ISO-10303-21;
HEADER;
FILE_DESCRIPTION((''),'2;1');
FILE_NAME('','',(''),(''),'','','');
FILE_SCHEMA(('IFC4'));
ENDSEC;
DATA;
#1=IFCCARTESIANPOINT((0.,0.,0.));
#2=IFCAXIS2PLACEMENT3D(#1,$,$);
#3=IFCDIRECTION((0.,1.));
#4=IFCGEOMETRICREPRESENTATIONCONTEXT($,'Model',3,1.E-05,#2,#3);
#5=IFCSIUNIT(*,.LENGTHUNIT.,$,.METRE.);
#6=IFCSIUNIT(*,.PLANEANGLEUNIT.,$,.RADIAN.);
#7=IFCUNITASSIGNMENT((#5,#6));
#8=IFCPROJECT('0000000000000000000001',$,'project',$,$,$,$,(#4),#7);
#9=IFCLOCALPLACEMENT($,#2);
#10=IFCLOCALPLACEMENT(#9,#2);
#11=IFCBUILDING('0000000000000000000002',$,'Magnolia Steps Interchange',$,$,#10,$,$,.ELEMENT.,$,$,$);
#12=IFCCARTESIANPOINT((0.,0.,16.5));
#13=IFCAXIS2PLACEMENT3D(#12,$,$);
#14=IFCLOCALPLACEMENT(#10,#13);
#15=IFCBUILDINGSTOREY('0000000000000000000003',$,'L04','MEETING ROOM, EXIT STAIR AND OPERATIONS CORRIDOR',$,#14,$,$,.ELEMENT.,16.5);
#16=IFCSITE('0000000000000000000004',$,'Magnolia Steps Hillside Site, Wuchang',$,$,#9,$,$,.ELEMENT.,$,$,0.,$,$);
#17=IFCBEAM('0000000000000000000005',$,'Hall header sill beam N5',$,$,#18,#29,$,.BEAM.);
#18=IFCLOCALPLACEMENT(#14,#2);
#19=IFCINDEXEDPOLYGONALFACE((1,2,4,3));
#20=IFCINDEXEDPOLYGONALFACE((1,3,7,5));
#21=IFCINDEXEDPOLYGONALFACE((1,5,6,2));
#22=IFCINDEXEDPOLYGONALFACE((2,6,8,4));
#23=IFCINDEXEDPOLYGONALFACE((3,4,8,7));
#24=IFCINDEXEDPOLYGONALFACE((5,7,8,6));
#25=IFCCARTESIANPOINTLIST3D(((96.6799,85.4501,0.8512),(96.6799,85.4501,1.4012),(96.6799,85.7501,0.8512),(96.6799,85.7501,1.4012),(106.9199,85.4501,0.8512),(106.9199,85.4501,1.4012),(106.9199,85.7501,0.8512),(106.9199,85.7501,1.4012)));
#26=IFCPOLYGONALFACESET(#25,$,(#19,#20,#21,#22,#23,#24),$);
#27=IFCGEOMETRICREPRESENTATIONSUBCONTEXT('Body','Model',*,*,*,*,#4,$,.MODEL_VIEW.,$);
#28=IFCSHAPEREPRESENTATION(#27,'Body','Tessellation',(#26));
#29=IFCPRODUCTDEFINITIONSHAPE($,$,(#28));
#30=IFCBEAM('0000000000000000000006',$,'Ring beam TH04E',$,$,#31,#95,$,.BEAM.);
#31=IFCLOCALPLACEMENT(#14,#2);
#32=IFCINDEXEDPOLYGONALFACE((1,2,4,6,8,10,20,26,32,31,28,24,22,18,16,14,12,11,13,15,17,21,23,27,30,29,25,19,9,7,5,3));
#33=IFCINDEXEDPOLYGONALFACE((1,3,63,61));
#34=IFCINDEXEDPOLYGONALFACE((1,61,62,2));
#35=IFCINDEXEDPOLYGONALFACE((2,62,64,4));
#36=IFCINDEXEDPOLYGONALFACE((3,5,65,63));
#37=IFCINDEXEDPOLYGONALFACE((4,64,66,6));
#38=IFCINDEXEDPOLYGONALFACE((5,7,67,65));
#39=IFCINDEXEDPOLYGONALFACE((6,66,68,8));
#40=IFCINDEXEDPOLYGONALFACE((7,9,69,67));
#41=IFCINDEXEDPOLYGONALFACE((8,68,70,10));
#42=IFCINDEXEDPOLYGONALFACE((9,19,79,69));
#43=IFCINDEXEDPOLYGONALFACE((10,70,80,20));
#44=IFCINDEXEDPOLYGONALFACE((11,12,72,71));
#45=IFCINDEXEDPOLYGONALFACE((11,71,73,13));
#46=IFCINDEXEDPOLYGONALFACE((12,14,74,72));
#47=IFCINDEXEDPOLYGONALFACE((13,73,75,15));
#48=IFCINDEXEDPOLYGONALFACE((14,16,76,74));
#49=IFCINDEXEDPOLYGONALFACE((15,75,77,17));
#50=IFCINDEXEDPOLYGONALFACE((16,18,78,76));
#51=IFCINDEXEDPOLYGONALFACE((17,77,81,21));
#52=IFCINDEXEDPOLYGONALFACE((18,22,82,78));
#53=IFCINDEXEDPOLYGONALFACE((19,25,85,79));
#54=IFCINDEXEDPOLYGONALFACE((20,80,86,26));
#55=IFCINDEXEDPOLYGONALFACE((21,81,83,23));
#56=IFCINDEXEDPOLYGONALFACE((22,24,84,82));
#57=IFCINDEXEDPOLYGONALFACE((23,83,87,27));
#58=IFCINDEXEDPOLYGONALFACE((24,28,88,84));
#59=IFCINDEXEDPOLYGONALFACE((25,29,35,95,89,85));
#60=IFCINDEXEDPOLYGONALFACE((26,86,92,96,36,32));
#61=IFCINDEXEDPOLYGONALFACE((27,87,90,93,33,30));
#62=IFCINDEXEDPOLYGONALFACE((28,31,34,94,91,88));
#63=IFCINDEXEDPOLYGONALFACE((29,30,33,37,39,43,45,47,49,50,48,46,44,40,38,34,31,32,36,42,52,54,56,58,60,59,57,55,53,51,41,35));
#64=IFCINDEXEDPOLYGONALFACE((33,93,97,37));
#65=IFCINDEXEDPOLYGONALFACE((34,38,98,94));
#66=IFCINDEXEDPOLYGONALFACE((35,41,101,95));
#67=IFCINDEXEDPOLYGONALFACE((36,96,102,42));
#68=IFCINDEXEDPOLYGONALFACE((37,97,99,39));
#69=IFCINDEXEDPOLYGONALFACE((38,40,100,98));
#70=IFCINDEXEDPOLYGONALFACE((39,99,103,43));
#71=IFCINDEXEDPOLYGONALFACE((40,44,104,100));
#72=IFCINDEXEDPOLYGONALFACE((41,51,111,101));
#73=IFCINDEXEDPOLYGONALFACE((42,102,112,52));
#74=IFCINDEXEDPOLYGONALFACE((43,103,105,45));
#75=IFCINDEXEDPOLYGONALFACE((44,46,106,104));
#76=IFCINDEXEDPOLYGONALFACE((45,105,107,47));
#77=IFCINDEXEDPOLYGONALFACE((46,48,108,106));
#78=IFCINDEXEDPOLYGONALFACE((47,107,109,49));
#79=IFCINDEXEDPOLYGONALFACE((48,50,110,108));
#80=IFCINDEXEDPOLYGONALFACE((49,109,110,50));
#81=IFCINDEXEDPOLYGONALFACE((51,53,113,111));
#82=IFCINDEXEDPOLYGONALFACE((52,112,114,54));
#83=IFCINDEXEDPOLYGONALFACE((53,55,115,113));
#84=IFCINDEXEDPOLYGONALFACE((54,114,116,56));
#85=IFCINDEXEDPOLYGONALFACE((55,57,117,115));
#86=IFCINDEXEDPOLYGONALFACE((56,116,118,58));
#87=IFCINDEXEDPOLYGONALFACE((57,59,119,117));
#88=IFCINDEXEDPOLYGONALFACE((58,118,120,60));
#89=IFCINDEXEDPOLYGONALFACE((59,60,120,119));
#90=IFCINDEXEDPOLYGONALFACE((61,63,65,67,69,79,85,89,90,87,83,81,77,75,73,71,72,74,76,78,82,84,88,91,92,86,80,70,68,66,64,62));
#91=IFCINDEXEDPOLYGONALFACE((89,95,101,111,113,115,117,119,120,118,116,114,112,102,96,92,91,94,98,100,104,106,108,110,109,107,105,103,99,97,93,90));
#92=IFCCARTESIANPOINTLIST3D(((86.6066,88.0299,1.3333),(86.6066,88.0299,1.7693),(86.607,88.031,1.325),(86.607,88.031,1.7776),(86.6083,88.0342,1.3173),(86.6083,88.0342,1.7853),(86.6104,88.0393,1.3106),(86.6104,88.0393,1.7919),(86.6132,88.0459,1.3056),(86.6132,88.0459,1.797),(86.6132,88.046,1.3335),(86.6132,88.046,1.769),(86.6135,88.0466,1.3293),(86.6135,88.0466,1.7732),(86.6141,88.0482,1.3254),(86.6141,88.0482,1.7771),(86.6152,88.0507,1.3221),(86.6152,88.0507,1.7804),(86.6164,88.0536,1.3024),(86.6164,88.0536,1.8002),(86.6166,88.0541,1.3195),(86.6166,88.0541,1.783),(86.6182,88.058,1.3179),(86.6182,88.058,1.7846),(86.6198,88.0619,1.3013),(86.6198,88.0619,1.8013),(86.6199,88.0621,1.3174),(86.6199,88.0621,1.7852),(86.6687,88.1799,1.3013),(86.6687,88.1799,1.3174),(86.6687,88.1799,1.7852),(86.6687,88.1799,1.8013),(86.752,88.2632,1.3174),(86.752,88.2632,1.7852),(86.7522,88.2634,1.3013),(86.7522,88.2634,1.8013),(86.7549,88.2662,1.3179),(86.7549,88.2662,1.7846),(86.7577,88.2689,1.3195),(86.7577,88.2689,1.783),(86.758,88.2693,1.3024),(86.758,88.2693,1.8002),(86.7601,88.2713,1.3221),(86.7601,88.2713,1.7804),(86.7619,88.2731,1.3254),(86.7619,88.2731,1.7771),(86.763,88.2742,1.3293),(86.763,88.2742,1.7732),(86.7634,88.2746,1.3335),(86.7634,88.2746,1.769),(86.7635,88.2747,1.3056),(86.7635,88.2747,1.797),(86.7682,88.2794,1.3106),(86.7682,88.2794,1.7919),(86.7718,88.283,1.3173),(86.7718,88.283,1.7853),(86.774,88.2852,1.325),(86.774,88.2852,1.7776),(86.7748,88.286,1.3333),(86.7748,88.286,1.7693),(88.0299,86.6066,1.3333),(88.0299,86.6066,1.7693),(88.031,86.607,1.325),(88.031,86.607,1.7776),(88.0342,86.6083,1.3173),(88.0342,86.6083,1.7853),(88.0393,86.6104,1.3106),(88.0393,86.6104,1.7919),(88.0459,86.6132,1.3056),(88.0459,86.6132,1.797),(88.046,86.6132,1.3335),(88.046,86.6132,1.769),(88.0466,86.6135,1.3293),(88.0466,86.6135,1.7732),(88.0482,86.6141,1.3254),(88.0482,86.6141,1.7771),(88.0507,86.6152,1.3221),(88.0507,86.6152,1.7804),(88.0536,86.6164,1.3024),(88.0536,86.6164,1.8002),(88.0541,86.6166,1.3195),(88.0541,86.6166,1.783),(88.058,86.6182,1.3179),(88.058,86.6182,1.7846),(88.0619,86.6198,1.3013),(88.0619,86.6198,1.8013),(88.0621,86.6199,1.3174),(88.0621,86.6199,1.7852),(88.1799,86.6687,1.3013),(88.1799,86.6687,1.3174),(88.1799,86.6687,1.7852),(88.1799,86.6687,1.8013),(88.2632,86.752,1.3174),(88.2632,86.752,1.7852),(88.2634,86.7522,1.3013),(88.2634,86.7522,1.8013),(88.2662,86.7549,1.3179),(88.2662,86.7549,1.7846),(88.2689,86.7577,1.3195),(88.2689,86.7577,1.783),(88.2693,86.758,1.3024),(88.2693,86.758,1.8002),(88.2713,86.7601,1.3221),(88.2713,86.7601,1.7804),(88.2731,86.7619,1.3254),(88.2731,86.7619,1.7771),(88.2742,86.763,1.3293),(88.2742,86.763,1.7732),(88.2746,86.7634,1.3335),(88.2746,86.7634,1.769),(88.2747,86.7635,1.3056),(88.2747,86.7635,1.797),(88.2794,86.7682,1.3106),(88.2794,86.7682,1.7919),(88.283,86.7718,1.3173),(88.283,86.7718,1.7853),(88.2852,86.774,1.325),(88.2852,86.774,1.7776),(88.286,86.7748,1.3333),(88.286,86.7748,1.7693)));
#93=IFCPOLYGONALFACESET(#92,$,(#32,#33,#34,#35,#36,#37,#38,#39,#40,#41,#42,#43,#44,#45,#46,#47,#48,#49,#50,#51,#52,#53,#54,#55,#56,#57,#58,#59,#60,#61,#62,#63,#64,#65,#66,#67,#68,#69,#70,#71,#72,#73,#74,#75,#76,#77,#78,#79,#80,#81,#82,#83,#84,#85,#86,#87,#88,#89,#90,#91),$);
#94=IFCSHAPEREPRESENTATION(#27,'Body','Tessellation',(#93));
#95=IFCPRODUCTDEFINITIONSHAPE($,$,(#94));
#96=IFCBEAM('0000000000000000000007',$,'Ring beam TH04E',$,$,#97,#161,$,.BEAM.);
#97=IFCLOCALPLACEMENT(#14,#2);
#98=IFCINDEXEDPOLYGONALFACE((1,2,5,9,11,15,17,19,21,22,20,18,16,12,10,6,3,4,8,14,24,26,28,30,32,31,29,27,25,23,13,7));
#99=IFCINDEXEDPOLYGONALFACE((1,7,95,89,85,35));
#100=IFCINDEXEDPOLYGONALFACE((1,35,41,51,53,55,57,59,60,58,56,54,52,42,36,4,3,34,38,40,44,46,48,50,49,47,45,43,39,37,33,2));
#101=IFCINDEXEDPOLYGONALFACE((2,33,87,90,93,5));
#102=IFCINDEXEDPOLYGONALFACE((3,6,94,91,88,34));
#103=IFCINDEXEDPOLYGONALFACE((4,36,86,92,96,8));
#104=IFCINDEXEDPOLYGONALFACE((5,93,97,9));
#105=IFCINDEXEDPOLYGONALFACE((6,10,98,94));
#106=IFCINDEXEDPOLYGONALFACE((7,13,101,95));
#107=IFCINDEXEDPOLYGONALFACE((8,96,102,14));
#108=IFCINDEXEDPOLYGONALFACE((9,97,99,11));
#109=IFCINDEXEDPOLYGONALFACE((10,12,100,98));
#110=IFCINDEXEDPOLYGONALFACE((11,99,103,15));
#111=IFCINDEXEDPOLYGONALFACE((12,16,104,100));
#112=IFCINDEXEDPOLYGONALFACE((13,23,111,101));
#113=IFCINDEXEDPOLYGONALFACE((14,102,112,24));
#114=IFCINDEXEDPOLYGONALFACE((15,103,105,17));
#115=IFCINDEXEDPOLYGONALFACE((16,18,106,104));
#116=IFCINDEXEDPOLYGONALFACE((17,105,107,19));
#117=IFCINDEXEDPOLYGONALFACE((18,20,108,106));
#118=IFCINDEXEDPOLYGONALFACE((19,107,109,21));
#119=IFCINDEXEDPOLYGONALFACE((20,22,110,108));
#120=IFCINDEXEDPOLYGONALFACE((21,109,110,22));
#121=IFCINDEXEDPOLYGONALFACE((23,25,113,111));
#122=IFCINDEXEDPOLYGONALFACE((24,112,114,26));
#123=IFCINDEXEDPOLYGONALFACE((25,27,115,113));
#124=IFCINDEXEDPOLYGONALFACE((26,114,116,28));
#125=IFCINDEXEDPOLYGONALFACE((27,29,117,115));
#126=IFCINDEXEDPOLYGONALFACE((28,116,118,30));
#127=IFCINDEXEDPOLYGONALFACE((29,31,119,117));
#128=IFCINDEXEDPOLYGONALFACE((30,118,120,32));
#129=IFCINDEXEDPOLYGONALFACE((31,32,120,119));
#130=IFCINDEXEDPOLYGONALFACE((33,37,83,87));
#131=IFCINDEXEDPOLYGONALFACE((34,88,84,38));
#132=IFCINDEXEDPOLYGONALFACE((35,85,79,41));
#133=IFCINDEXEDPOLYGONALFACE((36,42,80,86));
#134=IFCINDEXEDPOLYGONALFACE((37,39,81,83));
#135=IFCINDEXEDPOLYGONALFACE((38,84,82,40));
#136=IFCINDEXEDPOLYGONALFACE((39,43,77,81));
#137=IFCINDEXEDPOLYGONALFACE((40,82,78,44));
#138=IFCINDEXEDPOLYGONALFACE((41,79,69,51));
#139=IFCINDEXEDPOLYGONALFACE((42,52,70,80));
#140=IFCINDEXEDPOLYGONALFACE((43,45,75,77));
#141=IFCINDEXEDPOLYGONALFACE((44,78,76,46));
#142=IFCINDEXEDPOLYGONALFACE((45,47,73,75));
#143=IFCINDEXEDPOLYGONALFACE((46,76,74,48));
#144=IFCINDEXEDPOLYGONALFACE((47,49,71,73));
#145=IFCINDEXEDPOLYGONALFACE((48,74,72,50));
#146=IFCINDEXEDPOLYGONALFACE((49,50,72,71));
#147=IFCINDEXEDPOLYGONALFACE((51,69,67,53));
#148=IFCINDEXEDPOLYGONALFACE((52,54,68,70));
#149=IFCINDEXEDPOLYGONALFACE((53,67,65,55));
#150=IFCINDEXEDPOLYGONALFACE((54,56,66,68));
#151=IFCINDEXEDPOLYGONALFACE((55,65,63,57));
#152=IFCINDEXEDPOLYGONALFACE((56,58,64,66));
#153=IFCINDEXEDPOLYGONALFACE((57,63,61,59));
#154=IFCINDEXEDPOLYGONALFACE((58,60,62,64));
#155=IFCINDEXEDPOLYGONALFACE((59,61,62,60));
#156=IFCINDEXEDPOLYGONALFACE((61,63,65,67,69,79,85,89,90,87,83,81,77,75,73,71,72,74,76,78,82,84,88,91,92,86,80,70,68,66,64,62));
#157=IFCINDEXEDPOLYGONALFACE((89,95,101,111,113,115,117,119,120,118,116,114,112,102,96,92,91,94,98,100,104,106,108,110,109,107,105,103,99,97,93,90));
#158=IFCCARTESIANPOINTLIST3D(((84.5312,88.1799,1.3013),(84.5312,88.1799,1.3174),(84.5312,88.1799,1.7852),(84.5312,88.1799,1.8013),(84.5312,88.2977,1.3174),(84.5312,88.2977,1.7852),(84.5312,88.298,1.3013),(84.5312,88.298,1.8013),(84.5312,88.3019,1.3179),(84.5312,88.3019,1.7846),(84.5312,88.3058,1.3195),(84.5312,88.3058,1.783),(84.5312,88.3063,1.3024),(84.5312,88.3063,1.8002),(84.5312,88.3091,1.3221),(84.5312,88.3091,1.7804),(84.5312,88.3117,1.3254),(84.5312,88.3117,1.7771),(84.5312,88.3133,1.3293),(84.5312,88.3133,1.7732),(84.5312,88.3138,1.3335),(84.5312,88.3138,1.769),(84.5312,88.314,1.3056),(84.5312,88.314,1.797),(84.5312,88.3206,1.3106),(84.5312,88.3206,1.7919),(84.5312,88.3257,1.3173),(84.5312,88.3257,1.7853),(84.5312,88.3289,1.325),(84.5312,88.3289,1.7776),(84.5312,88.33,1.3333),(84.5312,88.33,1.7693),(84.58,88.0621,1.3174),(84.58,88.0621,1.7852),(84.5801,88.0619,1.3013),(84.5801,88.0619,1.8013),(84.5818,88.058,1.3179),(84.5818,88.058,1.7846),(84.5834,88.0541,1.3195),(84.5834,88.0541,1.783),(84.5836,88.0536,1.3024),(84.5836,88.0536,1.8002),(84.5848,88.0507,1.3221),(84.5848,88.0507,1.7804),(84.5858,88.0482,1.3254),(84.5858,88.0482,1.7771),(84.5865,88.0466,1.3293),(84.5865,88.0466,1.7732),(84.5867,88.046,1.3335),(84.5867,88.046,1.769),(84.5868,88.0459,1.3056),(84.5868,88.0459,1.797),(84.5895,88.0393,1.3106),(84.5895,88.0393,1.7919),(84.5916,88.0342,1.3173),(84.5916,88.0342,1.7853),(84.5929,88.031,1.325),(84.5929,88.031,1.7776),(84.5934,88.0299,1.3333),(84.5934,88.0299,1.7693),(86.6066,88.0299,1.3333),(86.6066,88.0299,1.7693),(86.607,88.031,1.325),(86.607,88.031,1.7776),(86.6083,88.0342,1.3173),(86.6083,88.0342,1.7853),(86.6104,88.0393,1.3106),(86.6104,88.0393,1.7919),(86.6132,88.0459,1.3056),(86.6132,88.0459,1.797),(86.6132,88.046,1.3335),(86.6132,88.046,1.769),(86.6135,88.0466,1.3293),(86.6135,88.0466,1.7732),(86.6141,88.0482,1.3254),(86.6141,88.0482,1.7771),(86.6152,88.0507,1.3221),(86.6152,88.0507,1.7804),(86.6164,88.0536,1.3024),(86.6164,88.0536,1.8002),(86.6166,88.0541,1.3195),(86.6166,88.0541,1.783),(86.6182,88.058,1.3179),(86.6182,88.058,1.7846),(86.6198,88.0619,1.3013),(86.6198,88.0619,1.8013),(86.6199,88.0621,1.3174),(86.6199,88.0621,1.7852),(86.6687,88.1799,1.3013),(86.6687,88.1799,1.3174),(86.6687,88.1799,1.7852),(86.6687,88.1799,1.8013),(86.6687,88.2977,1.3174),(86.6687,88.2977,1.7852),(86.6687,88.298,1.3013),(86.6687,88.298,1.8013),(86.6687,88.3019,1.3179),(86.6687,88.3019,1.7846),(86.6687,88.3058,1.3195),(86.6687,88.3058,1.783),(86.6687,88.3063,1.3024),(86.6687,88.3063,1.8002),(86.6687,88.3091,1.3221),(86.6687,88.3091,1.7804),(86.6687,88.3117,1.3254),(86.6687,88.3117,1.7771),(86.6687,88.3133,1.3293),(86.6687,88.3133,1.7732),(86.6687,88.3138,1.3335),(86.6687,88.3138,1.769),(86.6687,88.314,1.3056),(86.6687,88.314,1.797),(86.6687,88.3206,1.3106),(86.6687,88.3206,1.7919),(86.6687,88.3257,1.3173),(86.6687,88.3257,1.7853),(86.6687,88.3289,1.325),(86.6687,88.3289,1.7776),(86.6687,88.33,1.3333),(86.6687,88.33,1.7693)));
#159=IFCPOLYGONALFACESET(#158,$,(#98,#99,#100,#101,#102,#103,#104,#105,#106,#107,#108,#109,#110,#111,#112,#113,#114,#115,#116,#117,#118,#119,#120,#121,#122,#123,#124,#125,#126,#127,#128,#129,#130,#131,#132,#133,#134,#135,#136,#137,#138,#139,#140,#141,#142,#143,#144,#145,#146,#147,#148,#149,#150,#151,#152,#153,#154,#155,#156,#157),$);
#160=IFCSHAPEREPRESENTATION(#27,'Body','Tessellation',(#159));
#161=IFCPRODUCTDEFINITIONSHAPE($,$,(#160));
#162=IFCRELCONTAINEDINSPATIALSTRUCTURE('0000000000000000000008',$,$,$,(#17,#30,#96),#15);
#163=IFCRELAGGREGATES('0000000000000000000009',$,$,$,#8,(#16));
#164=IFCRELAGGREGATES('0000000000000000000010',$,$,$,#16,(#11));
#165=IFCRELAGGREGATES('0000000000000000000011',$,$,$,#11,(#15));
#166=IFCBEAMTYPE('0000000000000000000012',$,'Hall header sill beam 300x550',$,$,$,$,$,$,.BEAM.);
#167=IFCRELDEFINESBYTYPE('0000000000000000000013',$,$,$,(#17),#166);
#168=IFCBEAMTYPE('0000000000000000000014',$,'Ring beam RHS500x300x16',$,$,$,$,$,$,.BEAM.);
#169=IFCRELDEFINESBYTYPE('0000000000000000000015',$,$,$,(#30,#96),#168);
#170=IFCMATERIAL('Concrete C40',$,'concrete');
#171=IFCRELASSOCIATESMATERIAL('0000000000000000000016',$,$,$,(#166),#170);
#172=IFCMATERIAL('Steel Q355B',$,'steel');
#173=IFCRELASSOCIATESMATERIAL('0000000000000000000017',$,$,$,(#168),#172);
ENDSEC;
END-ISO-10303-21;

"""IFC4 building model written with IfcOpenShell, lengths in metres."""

from ifc_helpers import new_model, si_unit, direction, frame, origin, origin_2d, place, context, subcontext, project, spatial, rectangle, hollow_rectangle, extrude, clip, halfspace, material, material_profile, profile_set, type_object, element, save


model = new_model("IFC4")

# Units and contexts
model_context = context("Model", 3, precision=1e-05, world=origin(), true_north=direction((0.0, 1.0)))
body_context = subcontext(model_context, "Body", "Model", "MODEL_VIEW")
ifc_project = project(units=[si_unit("LENGTHUNIT", "METRE"), si_unit("PLANEANGLEUNIT", "RADIAN")], contexts=[model_context])

# Site, building, storey
site_placement = place(None, origin())
site = spatial("IfcSite", under=ifc_project, at=site_placement, Name="Magnolia Steps Hillside Site, Wuchang", CompositionType="ELEMENT", RefElevation=0.0)
building_placement = place(site_placement, origin())
building = spatial("IfcBuilding", under=site, at=building_placement, Name="Magnolia Steps Interchange", CompositionType="ELEMENT")
storey_placement = place(building_placement, frame((0.0, 0.0, 16.5)))
storey = spatial("IfcBuildingStorey", under=building, at=storey_placement, Name="L04", Description="MEETING ROOM, EXIT STAIR AND OPERATIONS CORRIDOR", CompositionType="ELEMENT", Elevation=16.5)

# Beams
ifc_material_1 = material(Name="Concrete C40", Category="concrete")
ifc_material_profile_1 = material_profile(ifc_material_1, rectangle(XDim=0.3, YDim=0.55, at=origin_2d()), Name="RC300x550")
ifc_profile_set_1 = profile_set([ifc_material_profile_1], Name="Concrete C40")
beam_type_1 = type_object("IfcBeamType", Name="Hall header sill beam 300x550", PredefinedType="BEAM", material=ifc_profile_set_1)
beam_1_placement = place(storey_placement, frame((96.6799, 85.6001, 1.1262), z_axis=(1.0, 0.0, 0.0), x_axis=(0.0, 1.0, 0.0)))
element("IfcBeam", 1, at=beam_1_placement, inside=storey, type_object=beam_type_1, Name="Hall header sill beam N5", PredefinedType="BEAM", context=body_context, shape_type="SweptSolid", body=[
    extrude(rectangle(XDim=0.3, YDim=0.55, at=origin_2d()), origin(), (0.0, 0.0, 1.0), 10.24),
])
ifc_material_2 = material(Name="Steel Q355B", Category="steel")
ifc_material_profile_2 = material_profile(ifc_material_2, hollow_rectangle(XDim=0.3, YDim=0.5, WallThickness=0.0161, InnerFilletRadius=0.0161, OuterFilletRadius=0.032, at=origin_2d()), Name="RHS500x300x16")
ifc_profile_set_2 = profile_set([ifc_material_profile_2], Name="Steel Q355B")
beam_type_2 = type_object("IfcBeamType", Name="Ring beam RHS500x300x16", PredefinedType="BEAM", material=ifc_profile_set_2)
beam_2_placement = place(storey_placement, frame((88.1799, 86.6687, 1.5513), z_axis=(-0.707107, 0.707107, 0.0), x_axis=(-0.707107, -0.707107, 0.0)))
element("IfcBeam", 2, at=beam_2_placement, inside=storey, type_object=beam_type_2, Name="Ring beam TH04E", PredefinedType="BEAM", context=body_context, shape_type="Clipping", body=[
    clip(clip(extrude(hollow_rectangle(XDim=0.3, YDim=0.5, WallThickness=0.0161, InnerFilletRadius=0.0161, OuterFilletRadius=0.032, at=origin_2d()), origin(), (0.0, 0.0, 1.0), 2.1372), halfspace(frame((0.0, 0.0, 0.0), z_axis=(0.382683, 0.0, -0.92388), x_axis=(0.92388, 0.0, 0.382683)), False)), halfspace(frame((0.0, 0.0, 2.1372), z_axis=(0.382683, 0.0, 0.92388), x_axis=(0.92388, 0.0, -0.382683)), False)),
])
beam_3_placement = place(storey_placement, frame((86.6687, 88.1799, 1.5513), z_axis=(-1.0, 0.0, 0.0), x_axis=(0.0, -1.0, 0.0)))
element("IfcBeam", 3, at=beam_3_placement, inside=storey, type_object=beam_type_2, Name="Ring beam TH04E", PredefinedType="BEAM", context=body_context, shape_type="Clipping", body=[
    clip(clip(extrude(hollow_rectangle(XDim=0.3, YDim=0.5, WallThickness=0.0161, InnerFilletRadius=0.0161, OuterFilletRadius=0.032, at=origin_2d()), origin(), (0.0, 0.0, 1.0), 2.1375), halfspace(frame((0.0, 0.0, 0.0), z_axis=(0.382683, 0.0, -0.92388), x_axis=(0.92388, 0.0, 0.382683)), False)), halfspace(frame((0.0, 0.0, 2.1375), z_axis=(0.382683, 0.0, 0.92388), x_axis=(0.92388, 0.0, -0.382683)), False)),
])

save(model, "model.ifc")
